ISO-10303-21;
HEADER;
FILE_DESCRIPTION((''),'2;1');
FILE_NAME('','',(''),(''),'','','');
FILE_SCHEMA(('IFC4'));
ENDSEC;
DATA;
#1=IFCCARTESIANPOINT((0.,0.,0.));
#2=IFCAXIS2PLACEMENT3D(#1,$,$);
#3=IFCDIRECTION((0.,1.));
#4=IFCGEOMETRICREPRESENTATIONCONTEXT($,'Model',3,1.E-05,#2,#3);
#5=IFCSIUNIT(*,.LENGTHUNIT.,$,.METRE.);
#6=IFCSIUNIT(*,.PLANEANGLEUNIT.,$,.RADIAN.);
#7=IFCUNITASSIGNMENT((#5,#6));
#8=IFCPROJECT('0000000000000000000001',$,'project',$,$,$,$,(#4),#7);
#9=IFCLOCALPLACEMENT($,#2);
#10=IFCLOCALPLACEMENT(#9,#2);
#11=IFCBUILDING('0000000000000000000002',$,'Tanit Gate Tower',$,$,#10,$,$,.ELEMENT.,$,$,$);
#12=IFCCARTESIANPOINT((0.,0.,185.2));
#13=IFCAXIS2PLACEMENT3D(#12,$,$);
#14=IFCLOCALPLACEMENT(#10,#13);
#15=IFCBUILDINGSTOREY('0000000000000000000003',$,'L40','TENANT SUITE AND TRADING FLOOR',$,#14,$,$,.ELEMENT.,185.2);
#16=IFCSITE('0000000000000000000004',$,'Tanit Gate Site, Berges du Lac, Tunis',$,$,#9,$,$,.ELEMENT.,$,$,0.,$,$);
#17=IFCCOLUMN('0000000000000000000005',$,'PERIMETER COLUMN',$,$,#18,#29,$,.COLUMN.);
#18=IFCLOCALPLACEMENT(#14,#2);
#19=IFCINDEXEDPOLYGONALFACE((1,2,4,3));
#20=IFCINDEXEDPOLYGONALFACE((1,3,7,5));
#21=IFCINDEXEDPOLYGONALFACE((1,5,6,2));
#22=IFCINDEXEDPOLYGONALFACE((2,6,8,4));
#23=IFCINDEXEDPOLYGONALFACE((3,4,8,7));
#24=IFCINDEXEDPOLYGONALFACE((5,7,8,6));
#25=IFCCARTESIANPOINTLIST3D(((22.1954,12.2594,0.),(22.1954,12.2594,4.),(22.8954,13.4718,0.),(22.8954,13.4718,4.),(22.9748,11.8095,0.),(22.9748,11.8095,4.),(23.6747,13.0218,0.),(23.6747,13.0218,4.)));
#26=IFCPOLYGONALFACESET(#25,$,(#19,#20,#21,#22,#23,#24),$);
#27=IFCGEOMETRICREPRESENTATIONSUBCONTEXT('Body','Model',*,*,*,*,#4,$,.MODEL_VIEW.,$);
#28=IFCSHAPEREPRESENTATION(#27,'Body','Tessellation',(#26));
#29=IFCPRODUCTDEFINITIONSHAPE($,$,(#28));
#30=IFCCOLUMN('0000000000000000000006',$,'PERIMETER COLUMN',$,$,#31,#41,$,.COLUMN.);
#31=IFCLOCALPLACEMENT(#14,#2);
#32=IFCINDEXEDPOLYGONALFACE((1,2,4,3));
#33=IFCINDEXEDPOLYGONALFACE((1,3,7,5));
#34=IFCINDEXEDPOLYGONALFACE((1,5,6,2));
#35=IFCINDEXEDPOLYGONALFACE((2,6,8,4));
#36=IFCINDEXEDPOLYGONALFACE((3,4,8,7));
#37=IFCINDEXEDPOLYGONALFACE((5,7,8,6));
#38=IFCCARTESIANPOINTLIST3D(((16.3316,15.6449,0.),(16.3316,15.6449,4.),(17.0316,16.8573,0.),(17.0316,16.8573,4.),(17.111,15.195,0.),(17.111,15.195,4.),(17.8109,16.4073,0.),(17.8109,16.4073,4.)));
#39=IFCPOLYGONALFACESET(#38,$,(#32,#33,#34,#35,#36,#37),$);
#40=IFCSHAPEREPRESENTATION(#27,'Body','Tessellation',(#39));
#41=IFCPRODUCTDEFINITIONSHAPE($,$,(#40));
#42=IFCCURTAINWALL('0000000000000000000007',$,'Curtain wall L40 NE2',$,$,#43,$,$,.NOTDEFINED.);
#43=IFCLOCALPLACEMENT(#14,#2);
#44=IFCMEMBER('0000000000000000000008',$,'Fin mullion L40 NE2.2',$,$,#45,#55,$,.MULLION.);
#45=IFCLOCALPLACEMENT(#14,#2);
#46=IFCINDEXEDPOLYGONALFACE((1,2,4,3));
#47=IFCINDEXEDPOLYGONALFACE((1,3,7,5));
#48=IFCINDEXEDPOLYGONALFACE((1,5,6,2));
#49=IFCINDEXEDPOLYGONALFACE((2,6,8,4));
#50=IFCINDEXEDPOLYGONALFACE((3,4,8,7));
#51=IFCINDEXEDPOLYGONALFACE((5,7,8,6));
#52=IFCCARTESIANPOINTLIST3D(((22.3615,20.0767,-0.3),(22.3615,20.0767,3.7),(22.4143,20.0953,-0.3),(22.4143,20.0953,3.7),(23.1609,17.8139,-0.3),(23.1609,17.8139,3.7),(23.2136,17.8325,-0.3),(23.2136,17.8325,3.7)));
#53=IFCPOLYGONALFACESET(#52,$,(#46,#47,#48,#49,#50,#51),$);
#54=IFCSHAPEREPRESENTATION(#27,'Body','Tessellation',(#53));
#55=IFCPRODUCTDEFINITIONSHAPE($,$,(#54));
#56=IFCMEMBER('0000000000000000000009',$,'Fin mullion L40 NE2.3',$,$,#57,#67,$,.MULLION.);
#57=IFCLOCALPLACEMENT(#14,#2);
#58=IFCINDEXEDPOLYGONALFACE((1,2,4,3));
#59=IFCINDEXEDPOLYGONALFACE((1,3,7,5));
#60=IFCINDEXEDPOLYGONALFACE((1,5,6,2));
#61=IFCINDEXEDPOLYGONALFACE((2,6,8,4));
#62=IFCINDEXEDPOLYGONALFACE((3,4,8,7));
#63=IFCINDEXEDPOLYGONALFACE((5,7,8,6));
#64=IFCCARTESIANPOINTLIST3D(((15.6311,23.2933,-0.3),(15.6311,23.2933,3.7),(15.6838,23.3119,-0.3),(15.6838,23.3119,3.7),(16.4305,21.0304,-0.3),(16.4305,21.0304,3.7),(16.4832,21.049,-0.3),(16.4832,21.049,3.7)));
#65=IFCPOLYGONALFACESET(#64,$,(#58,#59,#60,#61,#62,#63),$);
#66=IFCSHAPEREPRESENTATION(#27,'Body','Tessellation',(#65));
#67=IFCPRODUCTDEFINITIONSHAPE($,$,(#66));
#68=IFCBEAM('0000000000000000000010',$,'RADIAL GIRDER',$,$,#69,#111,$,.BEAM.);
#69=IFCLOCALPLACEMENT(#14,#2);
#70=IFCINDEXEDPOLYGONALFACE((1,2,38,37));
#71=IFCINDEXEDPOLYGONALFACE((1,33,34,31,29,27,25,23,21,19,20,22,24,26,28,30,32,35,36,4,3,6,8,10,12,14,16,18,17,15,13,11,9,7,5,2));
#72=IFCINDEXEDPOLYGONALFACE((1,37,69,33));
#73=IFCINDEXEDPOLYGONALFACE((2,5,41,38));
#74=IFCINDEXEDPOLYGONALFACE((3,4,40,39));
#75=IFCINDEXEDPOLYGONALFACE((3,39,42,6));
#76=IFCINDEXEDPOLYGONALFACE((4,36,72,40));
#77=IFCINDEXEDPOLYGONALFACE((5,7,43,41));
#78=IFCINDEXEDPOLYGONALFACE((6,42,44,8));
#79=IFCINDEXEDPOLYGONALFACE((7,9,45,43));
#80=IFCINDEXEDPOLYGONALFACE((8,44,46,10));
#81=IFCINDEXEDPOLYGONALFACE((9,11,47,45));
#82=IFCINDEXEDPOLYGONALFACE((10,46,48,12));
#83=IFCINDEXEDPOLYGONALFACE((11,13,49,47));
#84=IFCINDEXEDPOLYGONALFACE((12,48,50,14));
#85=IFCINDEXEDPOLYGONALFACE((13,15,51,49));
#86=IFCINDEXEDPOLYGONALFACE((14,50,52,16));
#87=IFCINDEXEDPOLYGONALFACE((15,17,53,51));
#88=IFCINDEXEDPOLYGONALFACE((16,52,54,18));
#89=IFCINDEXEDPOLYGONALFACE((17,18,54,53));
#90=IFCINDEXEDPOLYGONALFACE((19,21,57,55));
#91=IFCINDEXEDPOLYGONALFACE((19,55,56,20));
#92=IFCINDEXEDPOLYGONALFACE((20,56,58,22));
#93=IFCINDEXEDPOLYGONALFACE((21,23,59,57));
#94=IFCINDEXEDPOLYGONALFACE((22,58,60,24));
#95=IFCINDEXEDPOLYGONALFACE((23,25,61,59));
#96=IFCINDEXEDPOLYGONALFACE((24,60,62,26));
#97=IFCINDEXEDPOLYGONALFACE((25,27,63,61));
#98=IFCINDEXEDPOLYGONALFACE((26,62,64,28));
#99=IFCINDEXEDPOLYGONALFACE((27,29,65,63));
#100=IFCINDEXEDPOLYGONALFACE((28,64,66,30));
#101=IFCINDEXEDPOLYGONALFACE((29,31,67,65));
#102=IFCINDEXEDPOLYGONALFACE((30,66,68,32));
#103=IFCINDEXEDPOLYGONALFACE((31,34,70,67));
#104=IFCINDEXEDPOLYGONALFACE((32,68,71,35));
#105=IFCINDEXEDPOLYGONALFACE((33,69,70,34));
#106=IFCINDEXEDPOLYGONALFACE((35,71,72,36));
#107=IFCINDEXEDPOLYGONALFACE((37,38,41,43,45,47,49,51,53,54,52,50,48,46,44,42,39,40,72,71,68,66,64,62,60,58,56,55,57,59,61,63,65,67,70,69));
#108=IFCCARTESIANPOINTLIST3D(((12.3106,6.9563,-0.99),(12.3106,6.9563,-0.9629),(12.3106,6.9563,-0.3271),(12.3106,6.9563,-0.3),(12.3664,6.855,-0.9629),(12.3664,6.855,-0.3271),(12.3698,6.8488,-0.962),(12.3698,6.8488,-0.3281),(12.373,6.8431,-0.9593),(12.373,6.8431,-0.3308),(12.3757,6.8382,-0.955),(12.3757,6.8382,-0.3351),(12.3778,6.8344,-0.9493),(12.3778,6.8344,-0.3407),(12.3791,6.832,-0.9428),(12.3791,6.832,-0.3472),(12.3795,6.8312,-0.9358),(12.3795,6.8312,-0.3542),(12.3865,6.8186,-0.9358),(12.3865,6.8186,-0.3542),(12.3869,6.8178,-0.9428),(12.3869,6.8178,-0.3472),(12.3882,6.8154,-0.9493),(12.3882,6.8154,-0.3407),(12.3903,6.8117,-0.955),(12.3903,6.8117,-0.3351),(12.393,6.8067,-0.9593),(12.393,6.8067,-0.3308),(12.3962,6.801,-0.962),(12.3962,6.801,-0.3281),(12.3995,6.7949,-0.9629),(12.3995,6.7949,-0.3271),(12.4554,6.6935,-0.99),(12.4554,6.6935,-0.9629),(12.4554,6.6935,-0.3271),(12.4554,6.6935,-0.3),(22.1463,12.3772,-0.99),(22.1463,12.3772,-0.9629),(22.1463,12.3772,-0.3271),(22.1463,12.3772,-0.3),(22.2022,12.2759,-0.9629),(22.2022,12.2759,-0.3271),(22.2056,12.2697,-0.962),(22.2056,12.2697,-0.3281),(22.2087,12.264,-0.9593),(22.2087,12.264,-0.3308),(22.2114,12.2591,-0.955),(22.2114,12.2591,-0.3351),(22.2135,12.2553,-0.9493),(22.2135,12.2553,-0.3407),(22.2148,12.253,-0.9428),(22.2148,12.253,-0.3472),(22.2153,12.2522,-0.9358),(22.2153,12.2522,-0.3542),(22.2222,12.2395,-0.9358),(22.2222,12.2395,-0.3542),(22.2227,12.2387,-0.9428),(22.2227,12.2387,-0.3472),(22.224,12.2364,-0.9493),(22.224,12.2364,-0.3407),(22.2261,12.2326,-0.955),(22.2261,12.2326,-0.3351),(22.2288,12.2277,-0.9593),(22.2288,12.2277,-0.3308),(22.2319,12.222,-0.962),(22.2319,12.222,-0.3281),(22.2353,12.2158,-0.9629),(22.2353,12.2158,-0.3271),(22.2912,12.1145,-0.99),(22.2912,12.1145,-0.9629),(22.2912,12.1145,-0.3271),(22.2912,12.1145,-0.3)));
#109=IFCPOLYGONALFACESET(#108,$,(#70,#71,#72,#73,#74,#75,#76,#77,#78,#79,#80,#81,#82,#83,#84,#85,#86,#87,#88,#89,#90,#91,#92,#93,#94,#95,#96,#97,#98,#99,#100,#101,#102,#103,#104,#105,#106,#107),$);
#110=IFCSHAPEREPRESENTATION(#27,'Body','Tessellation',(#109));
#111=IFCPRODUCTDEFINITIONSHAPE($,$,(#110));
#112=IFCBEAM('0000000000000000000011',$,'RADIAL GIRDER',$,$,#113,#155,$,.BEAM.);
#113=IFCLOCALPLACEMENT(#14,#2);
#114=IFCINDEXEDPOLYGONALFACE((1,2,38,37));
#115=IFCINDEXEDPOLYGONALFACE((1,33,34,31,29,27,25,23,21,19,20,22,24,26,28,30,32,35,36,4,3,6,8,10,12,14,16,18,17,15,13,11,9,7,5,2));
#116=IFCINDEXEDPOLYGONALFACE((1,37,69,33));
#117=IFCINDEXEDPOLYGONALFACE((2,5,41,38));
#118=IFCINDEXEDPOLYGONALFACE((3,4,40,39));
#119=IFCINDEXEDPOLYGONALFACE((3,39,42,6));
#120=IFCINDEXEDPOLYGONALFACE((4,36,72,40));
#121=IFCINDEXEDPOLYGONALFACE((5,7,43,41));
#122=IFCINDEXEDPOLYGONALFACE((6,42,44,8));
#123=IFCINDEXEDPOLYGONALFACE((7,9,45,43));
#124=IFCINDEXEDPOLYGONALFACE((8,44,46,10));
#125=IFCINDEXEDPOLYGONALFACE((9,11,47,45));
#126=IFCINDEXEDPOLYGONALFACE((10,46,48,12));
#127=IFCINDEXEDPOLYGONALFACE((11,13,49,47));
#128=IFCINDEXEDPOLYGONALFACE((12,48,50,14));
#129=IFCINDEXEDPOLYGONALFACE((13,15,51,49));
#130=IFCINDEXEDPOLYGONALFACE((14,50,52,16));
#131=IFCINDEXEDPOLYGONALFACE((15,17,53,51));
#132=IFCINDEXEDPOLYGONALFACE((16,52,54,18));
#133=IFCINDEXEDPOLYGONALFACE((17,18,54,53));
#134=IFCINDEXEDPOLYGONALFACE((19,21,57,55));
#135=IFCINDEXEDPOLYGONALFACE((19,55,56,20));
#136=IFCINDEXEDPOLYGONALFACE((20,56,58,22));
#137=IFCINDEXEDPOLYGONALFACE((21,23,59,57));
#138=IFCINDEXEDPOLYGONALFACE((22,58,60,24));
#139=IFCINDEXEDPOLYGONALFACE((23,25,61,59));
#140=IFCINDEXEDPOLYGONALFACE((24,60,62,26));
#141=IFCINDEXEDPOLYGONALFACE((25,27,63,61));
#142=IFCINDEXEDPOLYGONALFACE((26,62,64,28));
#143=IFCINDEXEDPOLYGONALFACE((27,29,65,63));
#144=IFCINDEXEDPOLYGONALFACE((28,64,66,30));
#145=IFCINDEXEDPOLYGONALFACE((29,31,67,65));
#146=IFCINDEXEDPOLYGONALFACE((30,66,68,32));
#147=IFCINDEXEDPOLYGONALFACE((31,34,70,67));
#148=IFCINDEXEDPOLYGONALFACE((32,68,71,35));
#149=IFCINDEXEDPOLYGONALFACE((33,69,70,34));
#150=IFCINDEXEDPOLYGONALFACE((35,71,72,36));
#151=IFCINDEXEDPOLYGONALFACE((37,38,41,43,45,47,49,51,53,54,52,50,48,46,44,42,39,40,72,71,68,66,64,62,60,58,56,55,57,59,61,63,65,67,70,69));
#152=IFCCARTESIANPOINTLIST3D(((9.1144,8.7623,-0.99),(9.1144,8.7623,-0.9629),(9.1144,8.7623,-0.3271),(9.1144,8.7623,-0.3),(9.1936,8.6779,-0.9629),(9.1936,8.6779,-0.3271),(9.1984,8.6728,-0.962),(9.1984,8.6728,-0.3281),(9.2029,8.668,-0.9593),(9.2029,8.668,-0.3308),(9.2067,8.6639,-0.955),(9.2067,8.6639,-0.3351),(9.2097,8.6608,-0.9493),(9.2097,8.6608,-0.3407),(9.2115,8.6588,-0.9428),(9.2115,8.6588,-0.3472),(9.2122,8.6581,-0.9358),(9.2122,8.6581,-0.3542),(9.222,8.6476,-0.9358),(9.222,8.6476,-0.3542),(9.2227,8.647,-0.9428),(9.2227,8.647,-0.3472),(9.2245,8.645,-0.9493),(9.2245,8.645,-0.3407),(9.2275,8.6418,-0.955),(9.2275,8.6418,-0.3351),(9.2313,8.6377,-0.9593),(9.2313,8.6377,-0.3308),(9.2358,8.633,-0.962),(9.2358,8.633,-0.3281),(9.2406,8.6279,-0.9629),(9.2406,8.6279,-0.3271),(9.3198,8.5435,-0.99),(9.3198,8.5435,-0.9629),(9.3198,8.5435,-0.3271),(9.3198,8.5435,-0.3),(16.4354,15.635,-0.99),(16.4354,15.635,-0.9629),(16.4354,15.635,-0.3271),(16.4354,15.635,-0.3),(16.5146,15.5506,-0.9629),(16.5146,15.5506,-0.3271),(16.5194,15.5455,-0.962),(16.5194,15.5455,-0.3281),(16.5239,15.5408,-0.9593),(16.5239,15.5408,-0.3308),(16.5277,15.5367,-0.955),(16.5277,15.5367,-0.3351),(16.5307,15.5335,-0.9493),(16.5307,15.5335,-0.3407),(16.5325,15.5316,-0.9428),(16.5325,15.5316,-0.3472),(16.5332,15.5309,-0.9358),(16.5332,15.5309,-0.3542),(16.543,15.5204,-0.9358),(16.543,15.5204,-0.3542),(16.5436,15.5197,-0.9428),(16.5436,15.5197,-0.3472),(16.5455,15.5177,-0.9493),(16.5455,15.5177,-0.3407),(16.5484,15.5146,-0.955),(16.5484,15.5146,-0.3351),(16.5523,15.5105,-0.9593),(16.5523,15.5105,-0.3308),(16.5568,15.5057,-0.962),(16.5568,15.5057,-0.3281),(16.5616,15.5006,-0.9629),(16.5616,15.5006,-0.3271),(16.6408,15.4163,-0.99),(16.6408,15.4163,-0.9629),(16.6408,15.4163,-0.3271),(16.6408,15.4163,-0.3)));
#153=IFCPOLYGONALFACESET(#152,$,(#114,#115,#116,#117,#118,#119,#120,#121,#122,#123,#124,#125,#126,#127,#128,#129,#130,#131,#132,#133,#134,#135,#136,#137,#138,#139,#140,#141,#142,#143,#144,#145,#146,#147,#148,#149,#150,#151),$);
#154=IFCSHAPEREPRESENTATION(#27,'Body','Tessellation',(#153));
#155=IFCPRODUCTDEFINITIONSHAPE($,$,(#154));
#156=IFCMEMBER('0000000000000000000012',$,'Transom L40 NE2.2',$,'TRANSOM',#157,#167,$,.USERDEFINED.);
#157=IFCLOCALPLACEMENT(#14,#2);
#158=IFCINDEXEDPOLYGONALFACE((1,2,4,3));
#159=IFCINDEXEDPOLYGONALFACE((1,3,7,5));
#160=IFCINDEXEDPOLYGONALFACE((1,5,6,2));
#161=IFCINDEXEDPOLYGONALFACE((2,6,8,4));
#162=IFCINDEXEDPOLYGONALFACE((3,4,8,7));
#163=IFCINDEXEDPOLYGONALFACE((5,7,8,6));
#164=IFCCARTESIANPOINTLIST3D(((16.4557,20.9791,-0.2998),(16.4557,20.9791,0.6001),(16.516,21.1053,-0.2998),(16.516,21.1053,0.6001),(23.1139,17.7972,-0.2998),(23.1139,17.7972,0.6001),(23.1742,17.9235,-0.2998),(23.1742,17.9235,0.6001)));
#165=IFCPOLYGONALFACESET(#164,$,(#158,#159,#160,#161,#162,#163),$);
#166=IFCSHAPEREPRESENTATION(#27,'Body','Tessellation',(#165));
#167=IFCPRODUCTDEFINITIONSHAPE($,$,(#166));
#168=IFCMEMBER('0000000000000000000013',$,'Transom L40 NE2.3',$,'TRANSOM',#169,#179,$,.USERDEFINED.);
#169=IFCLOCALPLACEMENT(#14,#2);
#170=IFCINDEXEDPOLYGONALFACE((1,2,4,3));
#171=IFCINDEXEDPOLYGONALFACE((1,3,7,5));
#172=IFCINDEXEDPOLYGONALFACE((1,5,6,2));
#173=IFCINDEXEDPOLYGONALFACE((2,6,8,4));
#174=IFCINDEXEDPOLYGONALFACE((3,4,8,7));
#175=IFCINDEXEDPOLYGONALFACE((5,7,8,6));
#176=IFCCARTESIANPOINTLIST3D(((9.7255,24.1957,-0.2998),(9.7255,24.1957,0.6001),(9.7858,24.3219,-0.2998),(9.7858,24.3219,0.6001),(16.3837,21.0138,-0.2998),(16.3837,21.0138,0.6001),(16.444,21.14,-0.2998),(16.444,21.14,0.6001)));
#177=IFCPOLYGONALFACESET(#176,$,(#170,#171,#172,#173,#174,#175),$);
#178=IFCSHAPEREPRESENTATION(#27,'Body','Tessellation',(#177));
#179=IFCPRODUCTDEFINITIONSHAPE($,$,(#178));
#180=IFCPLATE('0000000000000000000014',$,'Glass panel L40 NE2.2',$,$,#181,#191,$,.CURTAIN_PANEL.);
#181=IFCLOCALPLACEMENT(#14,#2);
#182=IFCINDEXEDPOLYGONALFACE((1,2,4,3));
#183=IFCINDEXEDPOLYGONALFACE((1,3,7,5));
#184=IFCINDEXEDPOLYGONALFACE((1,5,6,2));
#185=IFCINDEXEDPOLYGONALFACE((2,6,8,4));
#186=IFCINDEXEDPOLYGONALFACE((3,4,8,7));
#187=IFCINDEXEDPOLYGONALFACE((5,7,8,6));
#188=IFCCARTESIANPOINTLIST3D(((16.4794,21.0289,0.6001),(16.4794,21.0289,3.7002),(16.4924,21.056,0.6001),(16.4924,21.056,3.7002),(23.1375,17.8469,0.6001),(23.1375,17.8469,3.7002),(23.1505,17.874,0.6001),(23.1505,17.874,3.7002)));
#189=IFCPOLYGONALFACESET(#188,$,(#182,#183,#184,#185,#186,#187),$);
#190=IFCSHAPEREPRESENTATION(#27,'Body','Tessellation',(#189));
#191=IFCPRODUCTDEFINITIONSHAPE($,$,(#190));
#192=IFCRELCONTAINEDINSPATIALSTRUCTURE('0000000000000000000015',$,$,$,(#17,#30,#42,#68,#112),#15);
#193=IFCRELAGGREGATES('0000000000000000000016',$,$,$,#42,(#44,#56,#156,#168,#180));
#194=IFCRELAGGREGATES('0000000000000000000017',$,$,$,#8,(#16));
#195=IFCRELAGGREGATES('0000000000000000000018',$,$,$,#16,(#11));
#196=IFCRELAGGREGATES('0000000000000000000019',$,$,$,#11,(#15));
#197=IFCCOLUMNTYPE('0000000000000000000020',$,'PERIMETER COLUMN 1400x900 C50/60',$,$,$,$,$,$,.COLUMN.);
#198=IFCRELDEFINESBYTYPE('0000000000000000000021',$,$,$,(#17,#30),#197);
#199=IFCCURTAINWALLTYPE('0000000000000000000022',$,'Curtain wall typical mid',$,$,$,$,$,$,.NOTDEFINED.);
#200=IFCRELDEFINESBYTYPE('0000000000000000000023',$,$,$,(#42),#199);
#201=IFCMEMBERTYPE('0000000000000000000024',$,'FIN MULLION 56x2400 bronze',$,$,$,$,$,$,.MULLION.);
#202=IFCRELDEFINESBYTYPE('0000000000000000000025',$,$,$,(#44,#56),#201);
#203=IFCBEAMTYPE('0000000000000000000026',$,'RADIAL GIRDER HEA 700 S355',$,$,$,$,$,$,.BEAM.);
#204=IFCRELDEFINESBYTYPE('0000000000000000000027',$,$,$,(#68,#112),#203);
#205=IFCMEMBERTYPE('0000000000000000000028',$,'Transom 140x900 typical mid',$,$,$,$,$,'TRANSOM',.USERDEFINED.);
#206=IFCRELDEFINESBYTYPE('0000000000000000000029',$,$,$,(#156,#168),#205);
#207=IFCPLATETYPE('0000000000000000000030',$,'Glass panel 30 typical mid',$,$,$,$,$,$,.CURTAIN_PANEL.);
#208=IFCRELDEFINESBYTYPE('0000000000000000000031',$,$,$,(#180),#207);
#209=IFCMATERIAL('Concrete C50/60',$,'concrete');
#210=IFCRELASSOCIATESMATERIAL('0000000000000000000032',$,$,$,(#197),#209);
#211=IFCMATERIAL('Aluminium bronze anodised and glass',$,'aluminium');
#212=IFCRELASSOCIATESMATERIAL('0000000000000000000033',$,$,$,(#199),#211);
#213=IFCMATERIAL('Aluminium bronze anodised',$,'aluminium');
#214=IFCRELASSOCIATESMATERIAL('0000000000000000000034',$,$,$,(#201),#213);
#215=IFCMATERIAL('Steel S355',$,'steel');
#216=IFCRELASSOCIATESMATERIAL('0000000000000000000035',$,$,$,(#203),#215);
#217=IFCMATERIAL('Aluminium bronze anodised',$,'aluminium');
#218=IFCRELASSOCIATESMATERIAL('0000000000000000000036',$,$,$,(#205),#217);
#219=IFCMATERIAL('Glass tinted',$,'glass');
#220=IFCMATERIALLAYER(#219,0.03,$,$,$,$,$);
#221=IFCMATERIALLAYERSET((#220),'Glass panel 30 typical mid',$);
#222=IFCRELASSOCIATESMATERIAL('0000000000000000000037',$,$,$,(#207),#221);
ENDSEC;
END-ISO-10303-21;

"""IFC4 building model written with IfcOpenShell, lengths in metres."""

from ifc_helpers import new_model, si_unit, direction, frame, origin, origin_2d, place, context, subcontext, project, spatial, rectangle, i_section, extrude, material, layer, layer_set, material_profile, profile_set, type_object, element, aggregate, save


model = new_model("IFC4")

# Units and contexts
model_context = context("Model", 3, precision=1e-05, world=origin(), true_north=direction((0.0, 1.0)))
body_context = subcontext(model_context, "Body", "Model", "MODEL_VIEW")
ifc_project = project(units=[si_unit("LENGTHUNIT", "METRE"), si_unit("PLANEANGLEUNIT", "RADIAN")], contexts=[model_context])

# Site, building, storey
site_placement = place(None, origin())
site = spatial("IfcSite", under=ifc_project, at=site_placement, Name="Tanit Gate Site, Berges du Lac, Tunis", CompositionType="ELEMENT", RefElevation=0.0)
building_placement = place(site_placement, origin())
building = spatial("IfcBuilding", under=site, at=building_placement, Name="Tanit Gate Tower", CompositionType="ELEMENT")
storey_placement = place(building_placement, frame((0.0, 0.0, 185.2)))
storey = spatial("IfcBuildingStorey", under=building, at=storey_placement, Name="L40", Description="TENANT SUITE AND TRADING FLOOR", CompositionType="ELEMENT", Elevation=185.2)

# Columns
ifc_material_1 = material(Name="Concrete C50/60", Category="concrete")
ifc_material_profile_1 = material_profile(ifc_material_1, rectangle(XDim=1.3999, YDim=0.8999, at=origin_2d()), Name="RC 1400x900")
ifc_profile_set_1 = profile_set([ifc_material_profile_1], Name="Concrete C50/60")
column_type = type_object("IfcColumnType", Name="PERIMETER COLUMN 1400x900 C50/60", PredefinedType="COLUMN", material=ifc_profile_set_1)
for number, where, z_axis, x_axis, name in (
    (1, (22.9351, 12.6406, 0.0), (0.0, 0.0, 1.0), (0.5, 0.866025, 0.0), "PERIMETER COLUMN"),
    (2, (17.0713, 16.0261, 0.0), (0.0, 0.0, 1.0), (0.5, 0.866025, 0.0), "PERIMETER COLUMN"),
):
    element("IfcColumn", number, at=place(storey_placement, frame(where, z_axis=z_axis, x_axis=x_axis)), inside=storey, type_object=column_type, Name=name, PredefinedType="COLUMN", context=body_context, shape_type="SweptSolid", body=[
        extrude(rectangle(XDim=1.3999, YDim=0.8999, at=origin_2d()), origin(), (0.0, 0.0, 1.0), 4.0),
    ])

# Curtain wall, members
ifc_material_2 = material(Name="Aluminium bronze anodised and glass", Category="aluminium")
curtain_wall_type = type_object("IfcCurtainWallType", Name="Curtain wall typical mid", PredefinedType="NOTDEFINED", material=ifc_material_2)
curtain_wall_placement = place(storey_placement, origin())
curtain_wall = element("IfcCurtainWall", 3, at=curtain_wall_placement, inside=storey, type_object=curtain_wall_type, Name="Curtain wall L40 NE2", PredefinedType="NOTDEFINED")
ifc_material_3 = material(Name="Aluminium bronze anodised", Category="aluminium")
ifc_material_profile_2 = material_profile(ifc_material_3, rectangle(XDim=2.3999, YDim=0.0559, at=origin_2d()), Name="56x2400 bronze fin mullion")
ifc_profile_set_2 = profile_set([ifc_material_profile_2], Name="Aluminium bronze anodised")
member_type_1 = type_object("IfcMemberType", Name="FIN MULLION 56x2400 bronze", PredefinedType="MULLION", material=ifc_profile_set_2)
member_1_placement = place(storey_placement, frame((22.7876, 18.9546, -0.3), z_axis=(0.0, 0.0, 1.0), x_axis=(0.33309, -0.942895, 0.0)))
member_1 = element("IfcMember", 4, at=member_1_placement, type_object=member_type_1, Name="Fin mullion L40 NE2.2", PredefinedType="MULLION", context=body_context, shape_type="SweptSolid", body=[
    extrude(rectangle(XDim=2.3999, YDim=0.0559, at=origin_2d()), origin(), (0.0, 0.0, 1.0), 4.0),
])
member_2_placement = place(storey_placement, frame((16.0571, 22.1711, -0.3), z_axis=(0.0, 0.0, 1.0), x_axis=(0.33309, -0.942895, 0.0)))
member_2 = element("IfcMember", 5, at=member_2_placement, type_object=member_type_1, Name="Fin mullion L40 NE2.3", PredefinedType="MULLION", context=body_context, shape_type="SweptSolid", body=[
    extrude(rectangle(XDim=2.3999, YDim=0.0559, at=origin_2d()), origin(), (0.0, 0.0, 1.0), 4.0),
])

# Beams
ifc_material_4 = material(Name="Steel S355", Category="steel")
ifc_material_profile_3 = material_profile(ifc_material_4, i_section(OverallWidth=0.3, OverallDepth=0.6899, WebThickness=0.0144, FlangeThickness=0.0271, FilletRadius=0.0271, at=origin_2d()), Name="HEA 700")
ifc_profile_set_3 = profile_set([ifc_material_profile_3], Name="Steel S355")
beam_type = type_object("IfcBeamType", Name="RADIAL GIRDER HEA 700 S355", PredefinedType="BEAM", material=ifc_profile_set_3)
beam_1_placement = place(storey_placement, frame((22.2188, 12.2458, -0.645), z_axis=(-0.875792, -0.482689, 0.0), x_axis=(0.482689, -0.875792, 0.0)))
element("IfcBeam", 6, at=beam_1_placement, inside=storey, type_object=beam_type, Name="RADIAL GIRDER", PredefinedType="BEAM", context=body_context, shape_type="SweptSolid", body=[
    extrude(i_section(OverallWidth=0.3, OverallDepth=0.6899, WebThickness=0.0144, FlangeThickness=0.0271, FilletRadius=0.0271, at=origin_2d()), origin(), (0.0, 0.0, 1.0), 11.2307),
])
beam_2_placement = place(storey_placement, frame((16.5381, 15.5256, -0.645), z_axis=(-0.729074, -0.684435, 0.0), x_axis=(0.684435, -0.729074, 0.0)))
element("IfcBeam", 7, at=beam_2_placement, inside=storey, type_object=beam_type, Name="RADIAL GIRDER", PredefinedType="BEAM", context=body_context, shape_type="SweptSolid", body=[
    extrude(i_section(OverallWidth=0.3, OverallDepth=0.6899, WebThickness=0.0144, FlangeThickness=0.0271, FilletRadius=0.0271, at=origin_2d()), origin(), (0.0, 0.0, 1.0), 10.0415),
])

# Members
ifc_material_5 = material(Name="Aluminium bronze anodised", Category="aluminium")
ifc_material_profile_4 = material_profile(ifc_material_5, rectangle(XDim=0.1399, YDim=0.8999, at=origin_2d()), Name="140x900 bronze transom")
ifc_profile_set_4 = profile_set([ifc_material_profile_4], Name="Aluminium bronze anodised")
member_type_2 = type_object("IfcMemberType", Name="Transom 140x900 typical mid", ElementType="TRANSOM", PredefinedType="USERDEFINED", material=ifc_profile_set_4)
member_3_placement = place(storey_placement, frame((23.144, 17.8604, 0.1501), z_axis=(-0.902265, 0.431183, 0.0), x_axis=(-0.431183, -0.902265, 0.0)))
member_3 = element("IfcMember", 8, at=member_3_placement, type_object=member_type_2, Name="Transom L40 NE2.2", ObjectType="TRANSOM", PredefinedType="USERDEFINED", context=body_context, shape_type="SweptSolid", body=[
    extrude(rectangle(XDim=0.1399, YDim=0.8999, at=origin_2d()), origin(), (0.0, 0.0, 1.0), 7.3794),
])
member_4_placement = place(storey_placement, frame((16.4138, 21.0769, 0.1501), z_axis=(-0.902265, 0.431183, 0.0), x_axis=(-0.431183, -0.902265, 0.0)))
member_4 = element("IfcMember", 9, at=member_4_placement, type_object=member_type_2, Name="Transom L40 NE2.3", ObjectType="TRANSOM", PredefinedType="USERDEFINED", context=body_context, shape_type="SweptSolid", body=[
    extrude(rectangle(XDim=0.1399, YDim=0.8999, at=origin_2d()), origin(), (0.0, 0.0, 1.0), 7.3794),
])

# Plate
ifc_material_6 = material(Name="Glass tinted", Category="glass")
ifc_layer_1 = layer(ifc_material_6, 0.03)
ifc_layer_set_1 = layer_set([ifc_layer_1], Name="Glass panel 30 typical mid")
plate_type = type_object("IfcPlateType", Name="Glass panel 30 typical mid", PredefinedType="CURTAIN_PANEL", material=ifc_layer_set_1)
plate_1_placement = place(storey_placement, frame((19.8149, 19.4514, 0.6001), z_axis=(0.0, 0.0, 1.0), x_axis=(-0.902258, 0.431197, 0.0)))
plate_1 = element("IfcPlate", 10, at=plate_1_placement, type_object=plate_type, Name="Glass panel L40 NE2.2", PredefinedType="CURTAIN_PANEL", context=body_context, shape_type="SweptSolid", body=[
    extrude(rectangle(XDim=7.3794, YDim=0.03, at=origin_2d()), origin(), (0.0, 0.0, 1.0), 3.1001),
])
aggregate(curtain_wall, [member_1, member_2, member_3, member_4, plate_1])

save(model, "model.ifc")
